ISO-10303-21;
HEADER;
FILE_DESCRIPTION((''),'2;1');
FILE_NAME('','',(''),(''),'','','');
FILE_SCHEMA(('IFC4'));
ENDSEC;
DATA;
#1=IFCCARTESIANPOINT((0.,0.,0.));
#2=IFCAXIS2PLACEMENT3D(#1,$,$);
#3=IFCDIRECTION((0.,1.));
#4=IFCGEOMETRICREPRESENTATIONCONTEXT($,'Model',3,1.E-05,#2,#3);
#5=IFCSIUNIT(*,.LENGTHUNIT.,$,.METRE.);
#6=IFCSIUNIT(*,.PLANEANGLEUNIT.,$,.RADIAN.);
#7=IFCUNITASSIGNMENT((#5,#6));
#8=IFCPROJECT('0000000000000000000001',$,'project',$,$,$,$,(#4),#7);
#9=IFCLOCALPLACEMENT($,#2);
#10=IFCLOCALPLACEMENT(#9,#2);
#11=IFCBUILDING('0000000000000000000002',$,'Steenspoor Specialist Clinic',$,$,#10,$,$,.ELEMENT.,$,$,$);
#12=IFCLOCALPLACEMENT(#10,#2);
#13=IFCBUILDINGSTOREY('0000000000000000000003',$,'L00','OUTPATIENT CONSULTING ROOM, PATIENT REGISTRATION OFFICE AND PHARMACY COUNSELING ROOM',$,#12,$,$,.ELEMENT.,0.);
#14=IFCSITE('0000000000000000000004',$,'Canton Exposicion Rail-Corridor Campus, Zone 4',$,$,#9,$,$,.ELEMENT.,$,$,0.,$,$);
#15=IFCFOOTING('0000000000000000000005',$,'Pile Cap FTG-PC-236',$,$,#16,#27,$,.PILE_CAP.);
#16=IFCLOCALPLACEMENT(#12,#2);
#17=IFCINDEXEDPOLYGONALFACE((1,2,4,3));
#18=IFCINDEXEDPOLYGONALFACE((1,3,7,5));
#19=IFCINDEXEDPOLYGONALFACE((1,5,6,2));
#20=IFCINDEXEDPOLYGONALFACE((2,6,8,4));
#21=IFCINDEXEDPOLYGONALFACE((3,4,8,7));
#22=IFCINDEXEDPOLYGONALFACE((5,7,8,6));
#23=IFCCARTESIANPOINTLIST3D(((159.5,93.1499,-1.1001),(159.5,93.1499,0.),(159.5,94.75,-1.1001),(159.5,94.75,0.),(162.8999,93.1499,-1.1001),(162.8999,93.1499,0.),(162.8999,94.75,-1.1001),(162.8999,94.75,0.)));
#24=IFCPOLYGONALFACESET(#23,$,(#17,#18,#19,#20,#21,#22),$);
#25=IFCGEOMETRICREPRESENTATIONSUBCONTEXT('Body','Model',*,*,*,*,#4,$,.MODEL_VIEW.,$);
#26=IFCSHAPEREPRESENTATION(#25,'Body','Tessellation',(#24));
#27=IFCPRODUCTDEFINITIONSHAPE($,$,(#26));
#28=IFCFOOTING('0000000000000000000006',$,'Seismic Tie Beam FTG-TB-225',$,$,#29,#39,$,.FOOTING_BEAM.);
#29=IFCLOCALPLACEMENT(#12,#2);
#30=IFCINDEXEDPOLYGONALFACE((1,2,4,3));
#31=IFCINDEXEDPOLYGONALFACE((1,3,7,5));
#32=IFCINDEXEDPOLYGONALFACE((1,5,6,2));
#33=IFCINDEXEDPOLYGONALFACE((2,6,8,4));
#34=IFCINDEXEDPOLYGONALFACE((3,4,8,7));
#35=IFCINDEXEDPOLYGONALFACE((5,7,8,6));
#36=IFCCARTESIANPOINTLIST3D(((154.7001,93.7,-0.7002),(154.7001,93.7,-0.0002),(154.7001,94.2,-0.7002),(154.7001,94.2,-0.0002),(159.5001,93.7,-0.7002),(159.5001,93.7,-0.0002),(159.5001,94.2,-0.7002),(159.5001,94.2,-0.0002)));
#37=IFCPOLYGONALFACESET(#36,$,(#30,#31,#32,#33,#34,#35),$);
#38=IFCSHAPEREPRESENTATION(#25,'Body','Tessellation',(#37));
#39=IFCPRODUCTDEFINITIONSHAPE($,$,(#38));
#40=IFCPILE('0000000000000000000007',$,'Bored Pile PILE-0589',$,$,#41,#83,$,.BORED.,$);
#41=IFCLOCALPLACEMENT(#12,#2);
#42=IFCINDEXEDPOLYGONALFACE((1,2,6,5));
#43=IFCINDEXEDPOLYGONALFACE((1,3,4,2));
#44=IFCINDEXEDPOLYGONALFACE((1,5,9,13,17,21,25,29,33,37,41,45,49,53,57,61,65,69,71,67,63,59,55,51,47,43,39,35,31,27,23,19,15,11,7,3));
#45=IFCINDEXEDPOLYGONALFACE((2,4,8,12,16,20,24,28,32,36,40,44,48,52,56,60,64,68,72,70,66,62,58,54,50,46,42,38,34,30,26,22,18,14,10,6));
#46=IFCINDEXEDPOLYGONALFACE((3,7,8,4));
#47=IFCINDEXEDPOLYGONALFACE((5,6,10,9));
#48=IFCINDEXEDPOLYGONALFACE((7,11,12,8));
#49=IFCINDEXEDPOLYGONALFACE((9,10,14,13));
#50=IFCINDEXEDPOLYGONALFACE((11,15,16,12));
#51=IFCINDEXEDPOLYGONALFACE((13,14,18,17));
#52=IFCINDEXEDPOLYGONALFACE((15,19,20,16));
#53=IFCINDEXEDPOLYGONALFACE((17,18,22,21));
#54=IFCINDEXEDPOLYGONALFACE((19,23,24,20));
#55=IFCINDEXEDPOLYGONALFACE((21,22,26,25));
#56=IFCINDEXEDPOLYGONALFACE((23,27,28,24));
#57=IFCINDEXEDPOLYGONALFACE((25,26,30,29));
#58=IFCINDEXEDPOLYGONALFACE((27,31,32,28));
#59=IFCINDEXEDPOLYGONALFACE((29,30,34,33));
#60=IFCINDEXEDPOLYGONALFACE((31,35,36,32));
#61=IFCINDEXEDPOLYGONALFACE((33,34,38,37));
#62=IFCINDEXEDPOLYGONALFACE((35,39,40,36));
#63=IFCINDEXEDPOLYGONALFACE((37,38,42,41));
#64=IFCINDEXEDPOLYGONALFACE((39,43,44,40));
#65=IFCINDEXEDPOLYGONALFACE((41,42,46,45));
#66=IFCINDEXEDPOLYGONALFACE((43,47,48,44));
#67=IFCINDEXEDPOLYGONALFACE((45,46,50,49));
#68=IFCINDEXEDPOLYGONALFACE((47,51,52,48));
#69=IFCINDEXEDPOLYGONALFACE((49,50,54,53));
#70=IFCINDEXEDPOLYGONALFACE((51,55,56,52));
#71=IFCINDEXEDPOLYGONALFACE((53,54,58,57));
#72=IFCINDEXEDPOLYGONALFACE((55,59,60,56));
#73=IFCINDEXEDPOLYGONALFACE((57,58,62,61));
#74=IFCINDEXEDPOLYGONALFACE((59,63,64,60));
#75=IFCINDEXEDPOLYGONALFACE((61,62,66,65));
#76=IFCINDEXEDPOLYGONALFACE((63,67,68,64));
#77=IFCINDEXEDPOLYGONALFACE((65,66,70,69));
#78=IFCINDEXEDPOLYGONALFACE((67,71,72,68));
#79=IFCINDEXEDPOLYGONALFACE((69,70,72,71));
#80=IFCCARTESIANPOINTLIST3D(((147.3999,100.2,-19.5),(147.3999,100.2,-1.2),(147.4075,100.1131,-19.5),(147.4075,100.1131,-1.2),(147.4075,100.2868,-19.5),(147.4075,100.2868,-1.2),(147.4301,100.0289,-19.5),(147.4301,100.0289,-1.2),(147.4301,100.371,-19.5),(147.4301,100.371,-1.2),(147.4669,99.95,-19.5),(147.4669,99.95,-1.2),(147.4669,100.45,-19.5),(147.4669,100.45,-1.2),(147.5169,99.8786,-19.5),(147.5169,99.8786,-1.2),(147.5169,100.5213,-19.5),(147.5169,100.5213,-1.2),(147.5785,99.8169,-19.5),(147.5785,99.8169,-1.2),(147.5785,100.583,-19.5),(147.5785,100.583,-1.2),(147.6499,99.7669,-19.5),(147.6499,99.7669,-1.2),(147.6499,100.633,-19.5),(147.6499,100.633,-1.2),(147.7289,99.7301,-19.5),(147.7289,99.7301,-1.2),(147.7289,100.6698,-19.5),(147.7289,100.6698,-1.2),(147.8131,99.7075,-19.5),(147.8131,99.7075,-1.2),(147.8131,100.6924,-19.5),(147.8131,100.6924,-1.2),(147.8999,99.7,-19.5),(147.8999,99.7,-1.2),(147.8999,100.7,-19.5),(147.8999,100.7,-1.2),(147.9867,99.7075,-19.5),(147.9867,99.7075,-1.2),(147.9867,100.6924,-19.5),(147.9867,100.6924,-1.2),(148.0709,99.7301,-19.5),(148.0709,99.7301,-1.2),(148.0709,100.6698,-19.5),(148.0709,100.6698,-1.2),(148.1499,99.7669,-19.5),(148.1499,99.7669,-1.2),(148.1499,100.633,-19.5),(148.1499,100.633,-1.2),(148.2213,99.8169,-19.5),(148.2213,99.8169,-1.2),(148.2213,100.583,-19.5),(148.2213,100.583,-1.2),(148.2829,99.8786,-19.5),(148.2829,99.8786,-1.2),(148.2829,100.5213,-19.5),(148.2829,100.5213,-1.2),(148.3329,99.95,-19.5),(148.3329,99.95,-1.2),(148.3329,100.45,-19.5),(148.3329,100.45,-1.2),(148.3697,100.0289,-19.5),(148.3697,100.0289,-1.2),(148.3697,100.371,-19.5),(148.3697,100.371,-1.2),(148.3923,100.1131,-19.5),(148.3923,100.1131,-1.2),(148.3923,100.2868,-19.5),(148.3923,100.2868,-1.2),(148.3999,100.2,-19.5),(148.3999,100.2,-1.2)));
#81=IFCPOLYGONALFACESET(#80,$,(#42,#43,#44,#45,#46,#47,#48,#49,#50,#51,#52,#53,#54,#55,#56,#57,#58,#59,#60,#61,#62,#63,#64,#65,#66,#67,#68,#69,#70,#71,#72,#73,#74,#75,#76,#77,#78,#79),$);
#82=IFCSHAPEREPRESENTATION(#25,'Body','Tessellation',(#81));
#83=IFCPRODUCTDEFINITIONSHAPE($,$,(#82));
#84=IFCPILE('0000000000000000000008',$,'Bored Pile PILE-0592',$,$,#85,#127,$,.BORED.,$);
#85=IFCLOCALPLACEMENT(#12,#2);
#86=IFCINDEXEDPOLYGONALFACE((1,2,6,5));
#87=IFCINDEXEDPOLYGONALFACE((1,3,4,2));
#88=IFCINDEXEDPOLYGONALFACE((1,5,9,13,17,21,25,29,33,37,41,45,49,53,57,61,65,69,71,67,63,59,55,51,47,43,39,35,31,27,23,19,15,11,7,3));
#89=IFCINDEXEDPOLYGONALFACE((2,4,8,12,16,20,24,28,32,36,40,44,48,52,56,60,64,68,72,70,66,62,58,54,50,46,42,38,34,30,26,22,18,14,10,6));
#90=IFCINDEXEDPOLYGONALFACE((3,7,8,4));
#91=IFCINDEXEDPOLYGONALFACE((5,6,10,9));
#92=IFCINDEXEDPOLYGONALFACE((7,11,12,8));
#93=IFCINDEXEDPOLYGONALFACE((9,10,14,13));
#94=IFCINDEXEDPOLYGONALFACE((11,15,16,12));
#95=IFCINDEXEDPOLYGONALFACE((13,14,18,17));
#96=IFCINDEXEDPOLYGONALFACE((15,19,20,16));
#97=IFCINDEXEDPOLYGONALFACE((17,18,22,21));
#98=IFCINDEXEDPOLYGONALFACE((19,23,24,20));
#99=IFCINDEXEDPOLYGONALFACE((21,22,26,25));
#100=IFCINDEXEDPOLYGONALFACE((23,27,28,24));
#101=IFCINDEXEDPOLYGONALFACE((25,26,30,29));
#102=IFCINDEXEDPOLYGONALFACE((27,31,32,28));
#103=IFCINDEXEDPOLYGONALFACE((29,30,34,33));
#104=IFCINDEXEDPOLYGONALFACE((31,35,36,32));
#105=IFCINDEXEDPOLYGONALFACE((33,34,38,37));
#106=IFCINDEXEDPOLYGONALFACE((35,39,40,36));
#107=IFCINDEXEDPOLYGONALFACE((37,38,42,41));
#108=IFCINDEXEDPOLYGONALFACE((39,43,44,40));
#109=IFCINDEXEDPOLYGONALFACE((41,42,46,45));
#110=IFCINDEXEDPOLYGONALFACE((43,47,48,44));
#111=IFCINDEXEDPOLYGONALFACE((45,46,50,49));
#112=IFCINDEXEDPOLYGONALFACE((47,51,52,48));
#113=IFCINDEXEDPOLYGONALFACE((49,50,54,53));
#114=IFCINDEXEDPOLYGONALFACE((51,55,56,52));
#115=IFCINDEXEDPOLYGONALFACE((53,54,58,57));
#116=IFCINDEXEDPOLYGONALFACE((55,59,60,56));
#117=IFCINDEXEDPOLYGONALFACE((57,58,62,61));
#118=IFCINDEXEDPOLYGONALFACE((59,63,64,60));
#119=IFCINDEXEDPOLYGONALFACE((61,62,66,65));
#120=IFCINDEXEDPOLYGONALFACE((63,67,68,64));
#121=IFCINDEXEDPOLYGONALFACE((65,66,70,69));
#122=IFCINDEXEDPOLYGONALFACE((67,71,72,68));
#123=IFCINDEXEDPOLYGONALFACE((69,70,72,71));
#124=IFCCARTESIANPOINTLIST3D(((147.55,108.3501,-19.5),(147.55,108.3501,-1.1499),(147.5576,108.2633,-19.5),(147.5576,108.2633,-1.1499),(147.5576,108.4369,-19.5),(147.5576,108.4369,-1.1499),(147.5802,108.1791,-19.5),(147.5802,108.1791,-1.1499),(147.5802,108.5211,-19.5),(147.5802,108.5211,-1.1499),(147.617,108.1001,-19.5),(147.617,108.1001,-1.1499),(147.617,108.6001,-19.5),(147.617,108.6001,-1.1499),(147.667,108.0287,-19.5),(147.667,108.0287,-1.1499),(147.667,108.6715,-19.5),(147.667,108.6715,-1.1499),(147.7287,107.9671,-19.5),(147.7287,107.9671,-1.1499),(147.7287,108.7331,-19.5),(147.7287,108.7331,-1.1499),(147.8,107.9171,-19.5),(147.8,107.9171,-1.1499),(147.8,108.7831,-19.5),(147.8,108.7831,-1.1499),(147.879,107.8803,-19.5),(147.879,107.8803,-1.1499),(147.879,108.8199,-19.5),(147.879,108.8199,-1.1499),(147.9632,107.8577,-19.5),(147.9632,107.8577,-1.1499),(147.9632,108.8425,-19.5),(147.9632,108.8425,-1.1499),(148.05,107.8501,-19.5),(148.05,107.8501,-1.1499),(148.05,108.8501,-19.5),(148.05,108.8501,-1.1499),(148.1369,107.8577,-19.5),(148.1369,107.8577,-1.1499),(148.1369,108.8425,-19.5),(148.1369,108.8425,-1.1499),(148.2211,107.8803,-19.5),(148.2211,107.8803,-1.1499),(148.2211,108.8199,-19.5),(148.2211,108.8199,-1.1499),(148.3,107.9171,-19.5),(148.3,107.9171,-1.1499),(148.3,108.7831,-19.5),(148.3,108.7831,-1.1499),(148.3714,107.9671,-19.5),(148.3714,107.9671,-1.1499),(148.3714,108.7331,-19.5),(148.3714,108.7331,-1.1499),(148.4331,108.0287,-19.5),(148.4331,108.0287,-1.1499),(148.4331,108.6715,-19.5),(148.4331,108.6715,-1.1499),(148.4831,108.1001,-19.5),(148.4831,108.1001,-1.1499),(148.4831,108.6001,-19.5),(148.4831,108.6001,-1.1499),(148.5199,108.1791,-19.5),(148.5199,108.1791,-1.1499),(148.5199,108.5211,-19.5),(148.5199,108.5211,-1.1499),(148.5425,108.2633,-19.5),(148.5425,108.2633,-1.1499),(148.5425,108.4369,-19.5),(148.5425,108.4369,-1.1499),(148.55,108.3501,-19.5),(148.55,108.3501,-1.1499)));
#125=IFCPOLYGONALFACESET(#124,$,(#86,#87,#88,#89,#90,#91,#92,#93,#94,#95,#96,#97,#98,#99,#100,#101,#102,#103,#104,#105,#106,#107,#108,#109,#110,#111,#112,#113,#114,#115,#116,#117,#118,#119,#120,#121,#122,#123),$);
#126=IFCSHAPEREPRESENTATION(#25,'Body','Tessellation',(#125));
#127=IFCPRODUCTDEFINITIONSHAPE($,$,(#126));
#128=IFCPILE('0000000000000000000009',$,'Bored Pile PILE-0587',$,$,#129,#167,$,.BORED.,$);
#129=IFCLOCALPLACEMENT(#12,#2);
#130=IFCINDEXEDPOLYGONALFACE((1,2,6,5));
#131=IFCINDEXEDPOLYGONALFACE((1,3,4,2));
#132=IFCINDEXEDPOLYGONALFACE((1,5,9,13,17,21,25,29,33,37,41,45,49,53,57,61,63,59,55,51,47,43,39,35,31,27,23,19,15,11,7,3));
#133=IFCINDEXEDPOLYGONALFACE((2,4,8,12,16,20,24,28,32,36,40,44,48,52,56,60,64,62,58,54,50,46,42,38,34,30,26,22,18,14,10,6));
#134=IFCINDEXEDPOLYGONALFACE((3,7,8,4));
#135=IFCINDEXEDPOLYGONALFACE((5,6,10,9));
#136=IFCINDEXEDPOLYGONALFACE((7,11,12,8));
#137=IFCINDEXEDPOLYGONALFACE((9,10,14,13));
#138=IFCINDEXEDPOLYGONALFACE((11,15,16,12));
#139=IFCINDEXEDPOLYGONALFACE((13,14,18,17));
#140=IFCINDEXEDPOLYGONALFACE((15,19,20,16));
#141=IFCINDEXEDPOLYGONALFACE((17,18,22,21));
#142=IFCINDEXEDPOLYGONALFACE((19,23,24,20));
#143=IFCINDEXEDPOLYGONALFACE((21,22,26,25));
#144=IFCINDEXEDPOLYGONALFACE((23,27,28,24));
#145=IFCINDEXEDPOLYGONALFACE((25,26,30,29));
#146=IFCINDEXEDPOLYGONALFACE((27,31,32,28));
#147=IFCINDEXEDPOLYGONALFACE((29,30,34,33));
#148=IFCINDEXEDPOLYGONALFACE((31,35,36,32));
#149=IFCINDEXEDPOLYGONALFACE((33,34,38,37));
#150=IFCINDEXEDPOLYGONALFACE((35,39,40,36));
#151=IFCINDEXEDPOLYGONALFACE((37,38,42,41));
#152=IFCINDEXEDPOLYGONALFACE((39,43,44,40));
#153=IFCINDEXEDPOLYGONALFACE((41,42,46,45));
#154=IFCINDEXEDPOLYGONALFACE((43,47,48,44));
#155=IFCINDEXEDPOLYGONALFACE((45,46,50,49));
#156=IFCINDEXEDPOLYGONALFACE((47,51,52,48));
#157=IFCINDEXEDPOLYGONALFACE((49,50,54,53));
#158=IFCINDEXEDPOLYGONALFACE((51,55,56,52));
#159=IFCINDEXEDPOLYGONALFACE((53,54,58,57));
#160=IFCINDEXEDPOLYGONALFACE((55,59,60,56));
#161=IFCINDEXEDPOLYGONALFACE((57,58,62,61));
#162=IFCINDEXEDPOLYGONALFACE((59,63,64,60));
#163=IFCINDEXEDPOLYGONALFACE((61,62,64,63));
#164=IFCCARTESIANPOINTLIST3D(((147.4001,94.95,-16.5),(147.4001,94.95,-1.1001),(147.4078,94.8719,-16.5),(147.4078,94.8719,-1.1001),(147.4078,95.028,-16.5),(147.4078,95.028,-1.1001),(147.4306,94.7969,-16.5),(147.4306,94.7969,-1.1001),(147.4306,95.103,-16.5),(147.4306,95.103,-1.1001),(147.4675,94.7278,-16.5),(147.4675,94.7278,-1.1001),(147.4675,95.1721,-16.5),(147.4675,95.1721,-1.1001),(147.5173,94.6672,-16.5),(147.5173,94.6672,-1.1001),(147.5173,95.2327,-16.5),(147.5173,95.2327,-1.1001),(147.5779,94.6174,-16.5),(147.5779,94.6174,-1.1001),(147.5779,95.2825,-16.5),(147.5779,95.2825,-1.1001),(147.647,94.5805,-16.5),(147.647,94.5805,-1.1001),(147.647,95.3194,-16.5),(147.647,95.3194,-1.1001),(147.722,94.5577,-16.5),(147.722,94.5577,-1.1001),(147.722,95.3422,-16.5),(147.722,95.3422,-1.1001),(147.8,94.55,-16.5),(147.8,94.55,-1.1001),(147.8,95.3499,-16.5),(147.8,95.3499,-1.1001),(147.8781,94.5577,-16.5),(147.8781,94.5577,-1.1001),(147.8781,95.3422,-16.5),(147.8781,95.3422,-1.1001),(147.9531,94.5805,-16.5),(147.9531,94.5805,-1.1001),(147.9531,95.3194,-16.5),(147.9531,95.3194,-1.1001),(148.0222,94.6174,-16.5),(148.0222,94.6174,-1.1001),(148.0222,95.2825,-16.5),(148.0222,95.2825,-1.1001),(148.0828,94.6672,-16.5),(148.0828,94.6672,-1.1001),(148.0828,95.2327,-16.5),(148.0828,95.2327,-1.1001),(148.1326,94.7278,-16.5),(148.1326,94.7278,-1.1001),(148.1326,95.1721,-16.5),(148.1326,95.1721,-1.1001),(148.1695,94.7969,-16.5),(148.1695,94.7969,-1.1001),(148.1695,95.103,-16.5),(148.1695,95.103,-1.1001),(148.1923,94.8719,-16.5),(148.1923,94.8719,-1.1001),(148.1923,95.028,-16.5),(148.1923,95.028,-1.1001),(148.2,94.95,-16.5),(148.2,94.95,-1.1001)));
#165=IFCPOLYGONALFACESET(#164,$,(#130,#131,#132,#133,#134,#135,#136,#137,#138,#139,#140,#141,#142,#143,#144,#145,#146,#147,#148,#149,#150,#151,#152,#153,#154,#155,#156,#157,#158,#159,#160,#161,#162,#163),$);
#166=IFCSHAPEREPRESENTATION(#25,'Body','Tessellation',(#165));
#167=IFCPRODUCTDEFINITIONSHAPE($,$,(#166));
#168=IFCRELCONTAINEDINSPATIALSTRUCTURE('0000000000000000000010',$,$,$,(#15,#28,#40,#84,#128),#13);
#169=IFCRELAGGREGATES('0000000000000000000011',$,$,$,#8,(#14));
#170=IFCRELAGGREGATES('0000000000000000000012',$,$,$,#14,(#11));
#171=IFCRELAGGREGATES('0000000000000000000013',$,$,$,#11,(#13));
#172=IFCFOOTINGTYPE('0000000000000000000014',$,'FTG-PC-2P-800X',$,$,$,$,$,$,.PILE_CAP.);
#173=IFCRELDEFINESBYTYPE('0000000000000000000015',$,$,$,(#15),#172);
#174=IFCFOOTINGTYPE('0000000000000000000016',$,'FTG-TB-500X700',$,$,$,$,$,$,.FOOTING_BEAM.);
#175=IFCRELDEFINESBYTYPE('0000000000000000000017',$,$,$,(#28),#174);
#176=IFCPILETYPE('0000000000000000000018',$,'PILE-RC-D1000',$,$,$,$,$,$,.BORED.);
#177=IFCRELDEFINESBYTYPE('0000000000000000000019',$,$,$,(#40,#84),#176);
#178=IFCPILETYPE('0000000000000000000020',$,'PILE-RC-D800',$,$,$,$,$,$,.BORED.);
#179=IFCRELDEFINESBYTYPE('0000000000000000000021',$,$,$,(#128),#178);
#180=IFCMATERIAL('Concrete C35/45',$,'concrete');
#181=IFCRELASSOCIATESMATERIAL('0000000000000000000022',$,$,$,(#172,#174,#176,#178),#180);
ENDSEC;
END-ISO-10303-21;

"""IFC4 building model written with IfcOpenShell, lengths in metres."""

from ifc_helpers import new_model, si_unit, direction, frame, origin, origin_2d, place, context, subcontext, project, spatial, rectangle, circle, extrude, material, material_profile, profile_set, type_object, element, save


model = new_model("IFC4")

# Units and contexts
model_context = context("Model", 3, precision=1e-05, world=origin(), true_north=direction((0.0, 1.0)))
body_context = subcontext(model_context, "Body", "Model", "MODEL_VIEW")
ifc_project = project(units=[si_unit("LENGTHUNIT", "METRE"), si_unit("PLANEANGLEUNIT", "RADIAN")], contexts=[model_context])

# Site, building, storey
site_placement = place(None, origin())
site = spatial("IfcSite", under=ifc_project, at=site_placement, Name="Canton Exposicion Rail-Corridor Campus, Zone 4", CompositionType="ELEMENT", RefElevation=0.0)
building_placement = place(site_placement, origin())
building = spatial("IfcBuilding", under=site, at=building_placement, Name="Steenspoor Specialist Clinic", CompositionType="ELEMENT")
storey_placement = place(building_placement, origin())
storey = spatial("IfcBuildingStorey", under=building, at=storey_placement, Name="L00", Description="OUTPATIENT CONSULTING ROOM, PATIENT REGISTRATION OFFICE AND PHARMACY COUNSELING ROOM", CompositionType="ELEMENT", Elevation=0.0)

# Footings
ifc_material_1 = material(Name="Concrete C35/45", Category="concrete")
footing_type_1 = type_object("IfcFootingType", Name="FTG-PC-2P-800X", PredefinedType="PILE_CAP", material=ifc_material_1)
footing_1_placement = place(storey_placement, frame((161.2, 93.95, -1.1001), z_axis=(0.0, 0.0, 1.0), x_axis=(1.0, 0.0, 0.0)))
element("IfcFooting", 1, at=footing_1_placement, inside=storey, type_object=footing_type_1, Name="Pile Cap FTG-PC-236", PredefinedType="PILE_CAP", context=body_context, shape_type="SweptSolid", body=[
    extrude(rectangle(XDim=3.3999, YDim=1.6001, at=origin_2d()), origin(), (0.0, 0.0, 1.0), 1.1001),
])
footing_type_2 = type_object("IfcFootingType", Name="FTG-TB-500X700", PredefinedType="FOOTING_BEAM", material=ifc_material_1)
footing_2_placement = place(storey_placement, frame((157.1001, 93.95, -0.7002), z_axis=(0.0, 0.0, 1.0), x_axis=(1.0, 0.0, 0.0)))
element("IfcFooting", 2, at=footing_2_placement, inside=storey, type_object=footing_type_2, Name="Seismic Tie Beam FTG-TB-225", PredefinedType="FOOTING_BEAM", context=body_context, shape_type="SweptSolid", body=[
    extrude(rectangle(XDim=4.8, YDim=0.5, at=origin_2d()), origin(), (0.0, 0.0, 1.0), 0.7),
])

# Piles
ifc_material_profile_1 = material_profile(ifc_material_1, circle(Radius=0.5, at=origin_2d()), Name="PILE-D1000")
ifc_profile_set_1 = profile_set([ifc_material_profile_1], Name="Concrete C35/45")
pile_type_1 = type_object("IfcPileType", Name="PILE-RC-D1000", PredefinedType="BORED", material=ifc_profile_set_1)
pile_1_placement = place(storey_placement, frame((147.8999, 100.2, -1.2), z_axis=(0.0, 0.0, -1.0), x_axis=(1.0, 0.0, 0.0)))
element("IfcPile", 3, at=pile_1_placement, inside=storey, type_object=pile_type_1, Name="Bored Pile PILE-0589", PredefinedType="BORED", context=body_context, shape_type="SweptSolid", body=[
    extrude(circle(Radius=0.5, at=origin_2d()), origin(), (0.0, 0.0, 1.0), 18.3),
])
pile_2_placement = place(storey_placement, frame((148.05, 108.3501, -1.1499), z_axis=(0.0, 0.0, -1.0), x_axis=(1.0, 0.0, 0.0)))
element("IfcPile", 4, at=pile_2_placement, inside=storey, type_object=pile_type_1, Name="Bored Pile PILE-0592", PredefinedType="BORED", context=body_context, shape_type="SweptSolid", body=[
    extrude(circle(Radius=0.5, at=origin_2d()), origin(), (0.0, 0.0, 1.0), 18.3501),
])
ifc_material_profile_2 = material_profile(ifc_material_1, circle(Radius=0.3999, at=origin_2d()), Name="PILE-D800")
ifc_profile_set_2 = profile_set([ifc_material_profile_2], Name="Concrete C35/45")
pile_type_2 = type_object("IfcPileType", Name="PILE-RC-D800", PredefinedType="BORED", material=ifc_profile_set_2)
pile_3_placement = place(storey_placement, frame((147.8, 94.95, -1.1001), z_axis=(0.0, 0.0, -1.0), x_axis=(1.0, 0.0, 0.0)))
element("IfcPile", 5, at=pile_3_placement, inside=storey, type_object=pile_type_2, Name="Bored Pile PILE-0587", PredefinedType="BORED", context=body_context, shape_type="SweptSolid", body=[
    extrude(circle(Radius=0.3999, at=origin_2d()), origin(), (0.0, 0.0, 1.0), 15.3999),
])

save(model, "model.ifc")
